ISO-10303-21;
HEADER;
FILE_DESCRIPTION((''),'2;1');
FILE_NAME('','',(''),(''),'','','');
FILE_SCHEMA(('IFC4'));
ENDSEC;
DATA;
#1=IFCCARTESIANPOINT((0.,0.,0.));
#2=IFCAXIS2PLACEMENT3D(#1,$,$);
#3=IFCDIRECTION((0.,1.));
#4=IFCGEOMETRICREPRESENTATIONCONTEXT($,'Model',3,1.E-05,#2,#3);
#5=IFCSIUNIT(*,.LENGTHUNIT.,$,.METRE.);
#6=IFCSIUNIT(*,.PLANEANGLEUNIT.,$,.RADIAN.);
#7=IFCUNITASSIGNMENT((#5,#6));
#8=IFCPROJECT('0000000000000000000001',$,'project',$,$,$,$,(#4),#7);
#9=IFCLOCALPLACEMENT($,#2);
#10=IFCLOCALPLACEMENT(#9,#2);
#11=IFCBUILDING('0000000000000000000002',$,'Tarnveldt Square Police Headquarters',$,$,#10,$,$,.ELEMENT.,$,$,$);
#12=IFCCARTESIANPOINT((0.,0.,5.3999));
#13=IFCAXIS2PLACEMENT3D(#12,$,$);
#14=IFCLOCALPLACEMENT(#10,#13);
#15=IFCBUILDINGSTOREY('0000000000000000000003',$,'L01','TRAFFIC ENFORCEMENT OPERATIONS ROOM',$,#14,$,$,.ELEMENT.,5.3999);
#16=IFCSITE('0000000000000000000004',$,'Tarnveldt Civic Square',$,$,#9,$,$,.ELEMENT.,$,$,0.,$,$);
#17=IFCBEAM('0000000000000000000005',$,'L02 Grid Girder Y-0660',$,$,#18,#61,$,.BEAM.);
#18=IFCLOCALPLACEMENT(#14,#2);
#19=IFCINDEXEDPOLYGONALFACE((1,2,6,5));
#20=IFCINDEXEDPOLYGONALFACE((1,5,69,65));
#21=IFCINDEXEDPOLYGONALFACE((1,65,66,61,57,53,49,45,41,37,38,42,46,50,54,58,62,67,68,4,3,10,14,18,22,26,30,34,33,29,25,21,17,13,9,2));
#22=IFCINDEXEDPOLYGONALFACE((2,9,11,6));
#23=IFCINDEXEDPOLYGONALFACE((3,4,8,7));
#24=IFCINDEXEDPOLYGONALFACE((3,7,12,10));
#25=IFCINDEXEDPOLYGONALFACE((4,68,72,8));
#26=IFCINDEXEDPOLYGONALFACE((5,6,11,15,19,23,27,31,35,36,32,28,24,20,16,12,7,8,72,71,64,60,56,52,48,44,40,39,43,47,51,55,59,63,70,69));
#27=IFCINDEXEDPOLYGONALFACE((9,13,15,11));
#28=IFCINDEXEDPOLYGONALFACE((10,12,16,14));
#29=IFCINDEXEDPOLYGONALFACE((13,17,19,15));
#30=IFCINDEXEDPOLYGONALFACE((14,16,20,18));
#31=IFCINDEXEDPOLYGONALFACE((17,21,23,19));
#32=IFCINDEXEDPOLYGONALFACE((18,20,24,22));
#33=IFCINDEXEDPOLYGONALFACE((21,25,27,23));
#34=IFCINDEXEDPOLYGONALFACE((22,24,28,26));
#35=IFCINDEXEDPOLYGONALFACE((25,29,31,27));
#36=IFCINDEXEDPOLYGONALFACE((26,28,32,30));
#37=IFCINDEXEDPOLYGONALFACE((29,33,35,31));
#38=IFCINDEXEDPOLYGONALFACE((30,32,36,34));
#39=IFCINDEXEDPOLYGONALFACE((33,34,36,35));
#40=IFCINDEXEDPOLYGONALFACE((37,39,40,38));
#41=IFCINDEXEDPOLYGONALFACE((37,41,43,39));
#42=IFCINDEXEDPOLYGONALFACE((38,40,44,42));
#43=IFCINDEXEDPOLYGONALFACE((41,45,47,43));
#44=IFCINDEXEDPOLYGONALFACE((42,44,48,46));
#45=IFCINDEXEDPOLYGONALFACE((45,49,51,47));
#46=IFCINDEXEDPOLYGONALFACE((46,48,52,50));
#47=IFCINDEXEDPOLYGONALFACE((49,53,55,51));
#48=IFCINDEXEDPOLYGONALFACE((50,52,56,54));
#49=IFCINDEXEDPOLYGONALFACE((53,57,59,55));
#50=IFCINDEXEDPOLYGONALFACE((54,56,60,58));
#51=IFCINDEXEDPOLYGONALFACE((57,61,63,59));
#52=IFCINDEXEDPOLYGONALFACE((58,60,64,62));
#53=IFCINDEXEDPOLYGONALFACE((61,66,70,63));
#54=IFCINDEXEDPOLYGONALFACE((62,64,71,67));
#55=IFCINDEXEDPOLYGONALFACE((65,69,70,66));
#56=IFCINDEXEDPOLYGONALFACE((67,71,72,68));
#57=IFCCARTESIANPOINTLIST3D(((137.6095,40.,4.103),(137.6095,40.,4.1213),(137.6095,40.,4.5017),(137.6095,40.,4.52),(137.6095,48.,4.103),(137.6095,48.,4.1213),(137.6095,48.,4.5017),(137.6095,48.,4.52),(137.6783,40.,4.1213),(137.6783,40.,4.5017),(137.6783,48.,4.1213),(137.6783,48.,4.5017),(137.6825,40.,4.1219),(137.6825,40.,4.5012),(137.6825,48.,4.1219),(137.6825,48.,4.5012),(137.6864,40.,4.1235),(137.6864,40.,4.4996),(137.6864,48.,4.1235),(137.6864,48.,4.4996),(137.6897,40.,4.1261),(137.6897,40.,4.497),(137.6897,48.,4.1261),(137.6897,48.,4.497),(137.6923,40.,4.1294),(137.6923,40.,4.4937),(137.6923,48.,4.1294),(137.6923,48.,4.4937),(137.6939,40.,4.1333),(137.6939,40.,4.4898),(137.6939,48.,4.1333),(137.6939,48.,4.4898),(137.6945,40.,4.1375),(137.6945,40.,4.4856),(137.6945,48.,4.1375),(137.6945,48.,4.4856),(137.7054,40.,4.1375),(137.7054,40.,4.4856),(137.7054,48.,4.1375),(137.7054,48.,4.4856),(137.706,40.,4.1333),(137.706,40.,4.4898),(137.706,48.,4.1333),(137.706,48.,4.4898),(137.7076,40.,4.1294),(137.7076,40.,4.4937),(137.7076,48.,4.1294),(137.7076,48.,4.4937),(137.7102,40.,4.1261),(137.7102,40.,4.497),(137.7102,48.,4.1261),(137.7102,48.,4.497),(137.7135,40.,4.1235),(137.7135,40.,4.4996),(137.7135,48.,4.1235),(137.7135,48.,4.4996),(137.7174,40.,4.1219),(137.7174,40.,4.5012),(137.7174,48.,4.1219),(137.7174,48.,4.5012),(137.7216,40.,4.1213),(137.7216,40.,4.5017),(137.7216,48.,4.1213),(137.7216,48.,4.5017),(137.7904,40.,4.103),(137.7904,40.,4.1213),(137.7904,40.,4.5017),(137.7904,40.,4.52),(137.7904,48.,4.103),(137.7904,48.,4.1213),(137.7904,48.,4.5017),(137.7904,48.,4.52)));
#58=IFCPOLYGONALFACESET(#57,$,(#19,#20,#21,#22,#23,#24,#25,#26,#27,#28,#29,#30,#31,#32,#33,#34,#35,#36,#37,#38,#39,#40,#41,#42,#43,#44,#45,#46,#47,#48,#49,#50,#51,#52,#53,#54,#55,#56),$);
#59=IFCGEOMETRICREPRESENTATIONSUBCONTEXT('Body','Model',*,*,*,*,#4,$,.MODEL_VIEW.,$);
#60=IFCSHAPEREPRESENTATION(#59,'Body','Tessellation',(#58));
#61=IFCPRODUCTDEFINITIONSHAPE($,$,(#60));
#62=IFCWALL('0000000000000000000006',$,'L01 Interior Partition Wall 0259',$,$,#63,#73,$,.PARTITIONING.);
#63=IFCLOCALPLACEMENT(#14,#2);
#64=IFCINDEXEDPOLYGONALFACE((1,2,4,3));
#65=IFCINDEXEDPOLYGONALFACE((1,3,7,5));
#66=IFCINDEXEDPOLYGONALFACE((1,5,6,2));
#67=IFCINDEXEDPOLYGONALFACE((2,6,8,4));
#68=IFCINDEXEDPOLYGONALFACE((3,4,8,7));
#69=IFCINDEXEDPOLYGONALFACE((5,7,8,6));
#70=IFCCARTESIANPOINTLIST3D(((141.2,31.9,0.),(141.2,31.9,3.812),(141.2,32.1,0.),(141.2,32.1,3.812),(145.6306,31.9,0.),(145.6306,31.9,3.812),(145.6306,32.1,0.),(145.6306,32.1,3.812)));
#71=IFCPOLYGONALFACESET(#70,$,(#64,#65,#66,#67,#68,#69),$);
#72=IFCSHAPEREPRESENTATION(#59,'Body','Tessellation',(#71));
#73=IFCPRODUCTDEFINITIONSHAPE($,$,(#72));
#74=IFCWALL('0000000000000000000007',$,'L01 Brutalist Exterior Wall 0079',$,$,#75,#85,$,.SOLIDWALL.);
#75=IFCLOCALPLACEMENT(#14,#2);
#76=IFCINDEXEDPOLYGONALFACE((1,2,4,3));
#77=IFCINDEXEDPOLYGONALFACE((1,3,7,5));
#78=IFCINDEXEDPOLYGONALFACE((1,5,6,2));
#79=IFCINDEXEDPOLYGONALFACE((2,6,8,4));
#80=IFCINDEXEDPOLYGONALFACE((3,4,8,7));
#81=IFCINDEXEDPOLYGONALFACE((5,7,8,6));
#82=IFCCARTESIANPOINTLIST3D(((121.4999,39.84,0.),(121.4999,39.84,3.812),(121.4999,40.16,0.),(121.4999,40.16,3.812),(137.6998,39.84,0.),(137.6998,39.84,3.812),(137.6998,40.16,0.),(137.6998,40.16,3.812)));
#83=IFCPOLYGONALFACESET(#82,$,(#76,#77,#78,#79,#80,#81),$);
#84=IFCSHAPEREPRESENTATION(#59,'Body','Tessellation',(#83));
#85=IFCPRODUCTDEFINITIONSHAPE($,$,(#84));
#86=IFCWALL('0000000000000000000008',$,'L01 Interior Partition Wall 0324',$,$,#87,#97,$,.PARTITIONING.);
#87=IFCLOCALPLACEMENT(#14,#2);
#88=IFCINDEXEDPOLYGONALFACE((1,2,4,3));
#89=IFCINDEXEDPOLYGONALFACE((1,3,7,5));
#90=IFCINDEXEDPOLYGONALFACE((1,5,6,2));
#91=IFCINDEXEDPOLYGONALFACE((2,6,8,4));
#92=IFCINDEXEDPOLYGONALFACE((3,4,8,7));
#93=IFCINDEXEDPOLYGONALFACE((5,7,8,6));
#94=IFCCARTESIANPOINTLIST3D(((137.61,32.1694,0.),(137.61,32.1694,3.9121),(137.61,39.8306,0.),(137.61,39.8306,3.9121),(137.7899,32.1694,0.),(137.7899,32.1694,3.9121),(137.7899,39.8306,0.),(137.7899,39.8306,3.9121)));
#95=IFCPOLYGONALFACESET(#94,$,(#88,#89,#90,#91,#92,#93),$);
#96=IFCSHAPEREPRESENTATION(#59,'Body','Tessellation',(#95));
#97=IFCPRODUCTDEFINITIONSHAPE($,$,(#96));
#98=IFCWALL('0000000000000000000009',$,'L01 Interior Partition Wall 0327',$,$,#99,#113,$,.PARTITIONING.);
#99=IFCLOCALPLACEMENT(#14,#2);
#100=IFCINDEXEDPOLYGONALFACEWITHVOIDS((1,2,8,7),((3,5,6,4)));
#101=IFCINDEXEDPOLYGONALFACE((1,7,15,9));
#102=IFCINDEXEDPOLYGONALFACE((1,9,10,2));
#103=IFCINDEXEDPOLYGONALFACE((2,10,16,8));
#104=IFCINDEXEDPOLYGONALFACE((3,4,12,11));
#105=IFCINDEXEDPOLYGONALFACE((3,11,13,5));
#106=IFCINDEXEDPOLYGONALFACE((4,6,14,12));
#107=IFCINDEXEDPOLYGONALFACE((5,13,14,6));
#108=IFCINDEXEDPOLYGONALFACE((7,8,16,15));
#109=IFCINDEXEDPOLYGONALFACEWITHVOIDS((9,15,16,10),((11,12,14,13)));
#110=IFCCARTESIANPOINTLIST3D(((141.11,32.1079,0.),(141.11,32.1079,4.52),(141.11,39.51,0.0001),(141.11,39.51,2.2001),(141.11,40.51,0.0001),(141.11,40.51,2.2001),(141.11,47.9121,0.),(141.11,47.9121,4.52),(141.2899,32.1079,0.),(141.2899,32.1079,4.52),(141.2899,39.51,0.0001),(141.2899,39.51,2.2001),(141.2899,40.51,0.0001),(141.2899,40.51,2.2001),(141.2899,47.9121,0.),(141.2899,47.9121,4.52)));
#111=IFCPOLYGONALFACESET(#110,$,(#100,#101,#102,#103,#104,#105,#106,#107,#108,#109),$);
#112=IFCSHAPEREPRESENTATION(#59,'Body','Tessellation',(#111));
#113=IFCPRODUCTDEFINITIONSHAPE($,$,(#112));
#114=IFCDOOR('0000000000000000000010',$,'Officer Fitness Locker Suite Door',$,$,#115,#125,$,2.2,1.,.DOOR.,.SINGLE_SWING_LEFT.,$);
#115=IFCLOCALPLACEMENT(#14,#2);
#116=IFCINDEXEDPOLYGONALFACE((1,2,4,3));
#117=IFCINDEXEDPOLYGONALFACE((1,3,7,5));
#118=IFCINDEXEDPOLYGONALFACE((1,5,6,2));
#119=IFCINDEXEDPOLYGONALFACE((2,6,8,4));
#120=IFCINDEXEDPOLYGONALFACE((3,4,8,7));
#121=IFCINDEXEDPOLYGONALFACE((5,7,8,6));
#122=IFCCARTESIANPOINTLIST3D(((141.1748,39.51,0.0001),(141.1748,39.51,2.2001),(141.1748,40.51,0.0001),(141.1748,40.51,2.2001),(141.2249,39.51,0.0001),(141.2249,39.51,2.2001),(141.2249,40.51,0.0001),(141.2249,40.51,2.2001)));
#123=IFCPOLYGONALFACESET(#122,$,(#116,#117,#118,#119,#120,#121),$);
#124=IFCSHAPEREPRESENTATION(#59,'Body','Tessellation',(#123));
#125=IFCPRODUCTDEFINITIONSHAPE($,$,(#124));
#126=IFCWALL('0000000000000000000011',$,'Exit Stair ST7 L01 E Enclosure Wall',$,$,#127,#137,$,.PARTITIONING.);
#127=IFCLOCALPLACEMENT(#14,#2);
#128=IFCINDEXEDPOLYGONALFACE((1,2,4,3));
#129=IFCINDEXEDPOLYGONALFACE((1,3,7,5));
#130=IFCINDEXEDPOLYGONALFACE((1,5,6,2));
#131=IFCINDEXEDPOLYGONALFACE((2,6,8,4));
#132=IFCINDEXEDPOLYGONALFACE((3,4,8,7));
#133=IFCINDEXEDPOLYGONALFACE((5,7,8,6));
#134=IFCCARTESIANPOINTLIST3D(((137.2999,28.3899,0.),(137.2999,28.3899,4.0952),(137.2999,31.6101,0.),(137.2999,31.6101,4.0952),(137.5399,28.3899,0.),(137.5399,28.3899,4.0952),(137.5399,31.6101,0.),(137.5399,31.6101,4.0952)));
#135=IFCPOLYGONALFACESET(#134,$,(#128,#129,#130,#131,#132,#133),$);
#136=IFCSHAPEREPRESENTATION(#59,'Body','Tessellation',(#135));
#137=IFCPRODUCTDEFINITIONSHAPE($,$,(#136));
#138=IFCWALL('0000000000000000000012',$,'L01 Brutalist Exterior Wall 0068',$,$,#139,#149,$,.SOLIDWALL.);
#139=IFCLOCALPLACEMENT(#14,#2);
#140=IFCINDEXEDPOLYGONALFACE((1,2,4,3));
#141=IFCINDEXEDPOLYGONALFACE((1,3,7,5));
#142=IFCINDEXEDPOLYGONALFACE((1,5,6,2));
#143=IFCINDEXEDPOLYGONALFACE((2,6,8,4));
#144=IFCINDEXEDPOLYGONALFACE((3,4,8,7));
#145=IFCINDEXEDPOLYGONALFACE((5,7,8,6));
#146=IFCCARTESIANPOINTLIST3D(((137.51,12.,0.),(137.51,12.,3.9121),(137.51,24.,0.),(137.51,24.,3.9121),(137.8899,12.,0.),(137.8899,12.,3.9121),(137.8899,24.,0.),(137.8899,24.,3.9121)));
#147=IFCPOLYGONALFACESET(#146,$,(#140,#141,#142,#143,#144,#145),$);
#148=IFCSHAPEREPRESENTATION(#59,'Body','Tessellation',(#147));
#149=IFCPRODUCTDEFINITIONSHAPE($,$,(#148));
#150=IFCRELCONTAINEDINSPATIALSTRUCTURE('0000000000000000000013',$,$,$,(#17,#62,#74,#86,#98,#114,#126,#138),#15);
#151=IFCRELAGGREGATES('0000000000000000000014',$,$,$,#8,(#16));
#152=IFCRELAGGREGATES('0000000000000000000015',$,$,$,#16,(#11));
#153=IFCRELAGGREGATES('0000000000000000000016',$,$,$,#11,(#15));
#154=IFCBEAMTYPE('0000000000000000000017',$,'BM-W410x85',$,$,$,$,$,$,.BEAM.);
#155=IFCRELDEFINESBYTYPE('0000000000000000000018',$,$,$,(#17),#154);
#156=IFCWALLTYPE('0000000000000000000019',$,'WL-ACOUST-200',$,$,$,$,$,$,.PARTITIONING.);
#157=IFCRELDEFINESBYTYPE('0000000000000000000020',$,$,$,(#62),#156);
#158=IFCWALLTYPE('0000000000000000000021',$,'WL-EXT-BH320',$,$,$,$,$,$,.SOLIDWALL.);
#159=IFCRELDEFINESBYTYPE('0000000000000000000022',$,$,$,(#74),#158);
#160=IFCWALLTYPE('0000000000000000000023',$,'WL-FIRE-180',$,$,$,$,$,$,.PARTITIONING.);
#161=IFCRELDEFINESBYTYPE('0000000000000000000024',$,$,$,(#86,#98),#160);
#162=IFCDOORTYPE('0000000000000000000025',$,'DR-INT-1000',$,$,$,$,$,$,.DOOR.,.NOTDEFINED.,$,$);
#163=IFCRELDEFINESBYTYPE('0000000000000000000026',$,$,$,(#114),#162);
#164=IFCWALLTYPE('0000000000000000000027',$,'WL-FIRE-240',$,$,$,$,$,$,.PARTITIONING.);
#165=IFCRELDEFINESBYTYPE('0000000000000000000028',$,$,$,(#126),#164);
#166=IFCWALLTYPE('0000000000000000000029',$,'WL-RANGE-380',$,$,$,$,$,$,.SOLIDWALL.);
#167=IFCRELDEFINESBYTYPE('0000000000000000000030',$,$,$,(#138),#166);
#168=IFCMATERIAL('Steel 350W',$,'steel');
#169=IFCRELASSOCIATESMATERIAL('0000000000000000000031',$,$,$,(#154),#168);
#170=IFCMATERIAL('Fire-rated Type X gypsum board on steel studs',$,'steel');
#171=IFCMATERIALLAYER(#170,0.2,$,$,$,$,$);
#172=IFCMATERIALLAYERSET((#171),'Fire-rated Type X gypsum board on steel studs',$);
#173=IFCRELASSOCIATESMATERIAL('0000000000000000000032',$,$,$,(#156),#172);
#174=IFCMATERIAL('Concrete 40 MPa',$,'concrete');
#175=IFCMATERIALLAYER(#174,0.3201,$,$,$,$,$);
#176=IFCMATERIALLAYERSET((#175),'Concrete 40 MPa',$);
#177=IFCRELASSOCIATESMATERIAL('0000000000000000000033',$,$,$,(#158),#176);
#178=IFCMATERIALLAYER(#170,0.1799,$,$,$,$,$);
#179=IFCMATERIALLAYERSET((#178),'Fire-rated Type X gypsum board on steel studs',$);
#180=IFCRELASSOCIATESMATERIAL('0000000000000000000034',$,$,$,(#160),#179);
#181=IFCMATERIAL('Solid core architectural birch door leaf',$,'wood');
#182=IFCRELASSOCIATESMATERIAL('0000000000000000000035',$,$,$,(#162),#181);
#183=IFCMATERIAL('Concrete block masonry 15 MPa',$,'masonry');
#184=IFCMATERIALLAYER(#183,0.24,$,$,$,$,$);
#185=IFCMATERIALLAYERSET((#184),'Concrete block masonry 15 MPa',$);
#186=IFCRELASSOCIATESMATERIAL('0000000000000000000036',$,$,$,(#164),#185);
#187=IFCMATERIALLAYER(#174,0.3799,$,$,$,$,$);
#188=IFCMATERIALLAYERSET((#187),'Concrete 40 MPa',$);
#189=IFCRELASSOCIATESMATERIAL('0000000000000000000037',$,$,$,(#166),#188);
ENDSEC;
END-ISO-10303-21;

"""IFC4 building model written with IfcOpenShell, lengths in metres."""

from ifc_helpers import new_model, si_unit, direction, frame, frame_2d, origin, origin_2d, place, context, subcontext, project, spatial, rectangle, i_section, extrude, material, layer, layer_set, material_profile, profile_set, type_object, element, fill, save


model = new_model("IFC4")

# Units and contexts
model_context = context("Model", 3, precision=1e-05, world=origin(), true_north=direction((0.0, 1.0)))
body_context = subcontext(model_context, "Body", "Model", "MODEL_VIEW")
ifc_project = project(units=[si_unit("LENGTHUNIT", "METRE"), si_unit("PLANEANGLEUNIT", "RADIAN")], contexts=[model_context])

# Site, building, storey
site_placement = place(None, origin())
site = spatial("IfcSite", under=ifc_project, at=site_placement, Name="Tarnveldt Civic Square", CompositionType="ELEMENT", RefElevation=0.0)
building_placement = place(site_placement, origin())
building = spatial("IfcBuilding", under=site, at=building_placement, Name="Tarnveldt Square Police Headquarters", CompositionType="ELEMENT")
storey_placement = place(building_placement, frame((0.0, 0.0, 5.3999)))
storey = spatial("IfcBuildingStorey", under=building, at=storey_placement, Name="L01", Description="TRAFFIC ENFORCEMENT OPERATIONS ROOM", CompositionType="ELEMENT", Elevation=5.3999)

# Shared definitions
ifc_material_1 = material(Name="Steel 350W", Category="steel")

# Beam
ifc_material_2 = material(Name="Concrete 40 MPa", Category="concrete")
ifc_material_profile_1 = material_profile(ifc_material_1, i_section(OverallWidth=0.1809, OverallDepth=0.417, WebThickness=0.011, FlangeThickness=0.0183, FilletRadius=0.0161, at=origin_2d()), Name="W410x85")
ifc_profile_set_1 = profile_set([ifc_material_profile_1], Name="Steel 350W")
beam_type_1 = type_object("IfcBeamType", Name="BM-W410x85", PredefinedType="BEAM", material=ifc_profile_set_1)
beam_1_placement = place(storey_placement, frame((137.7, 40.0, 4.3115), z_axis=(0.0, 1.0, 0.0), x_axis=(-1.0, 0.0, 0.0)))
element("IfcBeam", 1, at=beam_1_placement, inside=storey, type_object=beam_type_1, Name="L02 Grid Girder Y-0660", PredefinedType="BEAM", context=body_context, shape_type="SweptSolid", body=[
    extrude(i_section(OverallWidth=0.1809, OverallDepth=0.417, WebThickness=0.011, FlangeThickness=0.0183, FilletRadius=0.0161, at=origin_2d()), origin(), (0.0, 0.0, 1.0), 8.0),
])

# Walls
ifc_material_3 = material(Name="Fire-rated Type X gypsum board on steel studs", Category="steel")
ifc_layer_1 = layer(ifc_material_3, 0.2)
ifc_layer_set_1 = layer_set([ifc_layer_1], Name="Fire-rated Type X gypsum board on steel studs")
wall_type_1 = type_object("IfcWallType", Name="WL-ACOUST-200", PredefinedType="PARTITIONING", material=ifc_layer_set_1)
wall_1_placement = place(storey_placement, frame((141.2, 32.0, 0.0), z_axis=(0.0, 0.0, 1.0), x_axis=(1.0, 0.0, 0.0)))
element("IfcWall", 2, at=wall_1_placement, inside=storey, type_object=wall_type_1, Name="L01 Interior Partition Wall 0259", PredefinedType="PARTITIONING", context=body_context, shape_type="SweptSolid", body=[
    extrude(rectangle(XDim=4.4307, YDim=0.2, at=frame_2d((2.2153, 0.0))), origin(), (0.0, 0.0, 1.0), 3.812),
])
ifc_layer_2 = layer(ifc_material_2, 0.3201)
ifc_layer_set_2 = layer_set([ifc_layer_2], Name="Concrete 40 MPa")
wall_type_2 = type_object("IfcWallType", Name="WL-EXT-BH320", PredefinedType="SOLIDWALL", material=ifc_layer_set_2)
wall_2_placement = place(storey_placement, frame((137.7, 40.0, 0.0), z_axis=(0.0, 0.0, 1.0), x_axis=(-1.0, 0.0, 0.0)))
element("IfcWall", 3, at=wall_2_placement, inside=storey, type_object=wall_type_2, Name="L01 Brutalist Exterior Wall 0079", PredefinedType="SOLIDWALL", context=body_context, shape_type="SweptSolid", body=[
    extrude(rectangle(XDim=16.2, YDim=0.3201, at=frame_2d((8.1001, 0.0))), origin(), (0.0, 0.0, 1.0), 3.812),
])

# Shared definitions
ifc_layer_3 = layer(ifc_material_3, 0.1799)
ifc_layer_set_3 = layer_set([ifc_layer_3], Name="Fire-rated Type X gypsum board on steel studs")
wall_type_3 = type_object("IfcWallType", Name="WL-FIRE-180", PredefinedType="PARTITIONING", material=ifc_layer_set_3)

# Wall
wall_3_placement = place(storey_placement, frame((137.7, 32.1694, 0.0), z_axis=(0.0, 0.0, 1.0), x_axis=(0.0, 1.0, 0.0)))
element("IfcWall", 4, at=wall_3_placement, inside=storey, type_object=wall_type_3, Name="L01 Interior Partition Wall 0324", PredefinedType="PARTITIONING", context=body_context, shape_type="SweptSolid", body=[
    extrude(rectangle(XDim=7.6611, YDim=0.1799, at=frame_2d((3.8306, 0.0))), origin(), (0.0, 0.0, 1.0), 3.9121),
])

# Wall, opening, door
wall_4_placement = place(storey_placement, frame((141.2, 32.1079, 0.0), z_axis=(0.0, 0.0, 1.0), x_axis=(0.0, 1.0, 0.0)))
wall_4 = element("IfcWall", 5, at=wall_4_placement, inside=storey, type_object=wall_type_3, Name="L01 Interior Partition Wall 0327", PredefinedType="PARTITIONING", context=body_context, shape_type="SweptSolid", body=[
    extrude(rectangle(XDim=15.8042, YDim=0.1799, at=frame_2d((7.9021, 0.0))), origin(), (0.0, 0.0, 1.0), 4.52),
])
opening_1_placement = place(wall_4_placement, frame((7.4021, 0.0, 0.0)))
opening_1 = element("IfcOpeningElement", 6, at=opening_1_placement, cuts=wall_4, PredefinedType="OPENING", context=body_context, shape_type="SweptSolid", body=[
    extrude(rectangle(XDim=1.0, YDim=2.2, at=frame_2d((0.5, 1.1001))), frame((0.0, 0.0999, 0.0), z_axis=(0.0, -1.0, 0.0), x_axis=(1.0, 0.0, 0.0)), (0.0, 0.0, 1.0), 0.2),
])
ifc_material_4 = material(Name="Solid core architectural birch door leaf", Category="wood")
door_type_1 = type_object("IfcDoorType", Name="DR-INT-1000", OperationType="NOTDEFINED", PredefinedType="DOOR", material=ifc_material_4)
door_1_placement = place(opening_1_placement, frame((1.0, 0.0, 0.0), z_axis=(0.0, 0.0, 1.0), x_axis=(-1.0, 0.0, 0.0)))
door_1 = element("IfcDoor", 7, at=door_1_placement, inside=storey, type_object=door_type_1, Name="Officer Fitness Locker Suite Door", OperationType="SINGLE_SWING_LEFT", OverallHeight=2.2, OverallWidth=1.0, PredefinedType="DOOR", context=body_context, shape_type="SweptSolid", body=[
    extrude(rectangle(XDim=1.0, YDim=2.2, at=frame_2d((0.5, 1.1001))), frame((0.0, 0.0249, 0.0), z_axis=(0.0, -1.0, 0.0), x_axis=(1.0, 0.0, 0.0)), (0.0, 0.0, 1.0), 0.05),
])
fill(opening_1, door_1)

# Walls
ifc_material_5 = material(Name="Concrete block masonry 15 MPa", Category="masonry")
ifc_layer_4 = layer(ifc_material_5, 0.24)
ifc_layer_set_4 = layer_set([ifc_layer_4], Name="Concrete block masonry 15 MPa")
wall_type_4 = type_object("IfcWallType", Name="WL-FIRE-240", PredefinedType="PARTITIONING", material=ifc_layer_set_4)
wall_5_placement = place(storey_placement, frame((137.4199, 28.3899, 0.0), z_axis=(0.0, 0.0, 1.0), x_axis=(0.0, 1.0, 0.0)))
element("IfcWall", 8, at=wall_5_placement, inside=storey, type_object=wall_type_4, Name="Exit Stair ST7 L01 E Enclosure Wall", PredefinedType="PARTITIONING", context=body_context, shape_type="SweptSolid", body=[
    extrude(rectangle(XDim=3.2202, YDim=0.24, at=frame_2d((1.6101, 0.0))), origin(), (0.0, 0.0, 1.0), 4.0952),
])
ifc_layer_5 = layer(ifc_material_2, 0.3799)
ifc_layer_set_5 = layer_set([ifc_layer_5], Name="Concrete 40 MPa")
wall_type_5 = type_object("IfcWallType", Name="WL-RANGE-380", PredefinedType="SOLIDWALL", material=ifc_layer_set_5)
wall_6_placement = place(storey_placement, frame((137.7, 24.0, 0.0), z_axis=(0.0, 0.0, 1.0), x_axis=(0.0, -1.0, 0.0)))
element("IfcWall", 9, at=wall_6_placement, inside=storey, type_object=wall_type_5, Name="L01 Brutalist Exterior Wall 0068", PredefinedType="SOLIDWALL", context=body_context, shape_type="SweptSolid", body=[
    extrude(rectangle(XDim=12.0, YDim=0.3799, at=frame_2d((6.0, 0.0))), origin(), (0.0, 0.0, 1.0), 3.9121),
])

save(model, "model.ifc")
